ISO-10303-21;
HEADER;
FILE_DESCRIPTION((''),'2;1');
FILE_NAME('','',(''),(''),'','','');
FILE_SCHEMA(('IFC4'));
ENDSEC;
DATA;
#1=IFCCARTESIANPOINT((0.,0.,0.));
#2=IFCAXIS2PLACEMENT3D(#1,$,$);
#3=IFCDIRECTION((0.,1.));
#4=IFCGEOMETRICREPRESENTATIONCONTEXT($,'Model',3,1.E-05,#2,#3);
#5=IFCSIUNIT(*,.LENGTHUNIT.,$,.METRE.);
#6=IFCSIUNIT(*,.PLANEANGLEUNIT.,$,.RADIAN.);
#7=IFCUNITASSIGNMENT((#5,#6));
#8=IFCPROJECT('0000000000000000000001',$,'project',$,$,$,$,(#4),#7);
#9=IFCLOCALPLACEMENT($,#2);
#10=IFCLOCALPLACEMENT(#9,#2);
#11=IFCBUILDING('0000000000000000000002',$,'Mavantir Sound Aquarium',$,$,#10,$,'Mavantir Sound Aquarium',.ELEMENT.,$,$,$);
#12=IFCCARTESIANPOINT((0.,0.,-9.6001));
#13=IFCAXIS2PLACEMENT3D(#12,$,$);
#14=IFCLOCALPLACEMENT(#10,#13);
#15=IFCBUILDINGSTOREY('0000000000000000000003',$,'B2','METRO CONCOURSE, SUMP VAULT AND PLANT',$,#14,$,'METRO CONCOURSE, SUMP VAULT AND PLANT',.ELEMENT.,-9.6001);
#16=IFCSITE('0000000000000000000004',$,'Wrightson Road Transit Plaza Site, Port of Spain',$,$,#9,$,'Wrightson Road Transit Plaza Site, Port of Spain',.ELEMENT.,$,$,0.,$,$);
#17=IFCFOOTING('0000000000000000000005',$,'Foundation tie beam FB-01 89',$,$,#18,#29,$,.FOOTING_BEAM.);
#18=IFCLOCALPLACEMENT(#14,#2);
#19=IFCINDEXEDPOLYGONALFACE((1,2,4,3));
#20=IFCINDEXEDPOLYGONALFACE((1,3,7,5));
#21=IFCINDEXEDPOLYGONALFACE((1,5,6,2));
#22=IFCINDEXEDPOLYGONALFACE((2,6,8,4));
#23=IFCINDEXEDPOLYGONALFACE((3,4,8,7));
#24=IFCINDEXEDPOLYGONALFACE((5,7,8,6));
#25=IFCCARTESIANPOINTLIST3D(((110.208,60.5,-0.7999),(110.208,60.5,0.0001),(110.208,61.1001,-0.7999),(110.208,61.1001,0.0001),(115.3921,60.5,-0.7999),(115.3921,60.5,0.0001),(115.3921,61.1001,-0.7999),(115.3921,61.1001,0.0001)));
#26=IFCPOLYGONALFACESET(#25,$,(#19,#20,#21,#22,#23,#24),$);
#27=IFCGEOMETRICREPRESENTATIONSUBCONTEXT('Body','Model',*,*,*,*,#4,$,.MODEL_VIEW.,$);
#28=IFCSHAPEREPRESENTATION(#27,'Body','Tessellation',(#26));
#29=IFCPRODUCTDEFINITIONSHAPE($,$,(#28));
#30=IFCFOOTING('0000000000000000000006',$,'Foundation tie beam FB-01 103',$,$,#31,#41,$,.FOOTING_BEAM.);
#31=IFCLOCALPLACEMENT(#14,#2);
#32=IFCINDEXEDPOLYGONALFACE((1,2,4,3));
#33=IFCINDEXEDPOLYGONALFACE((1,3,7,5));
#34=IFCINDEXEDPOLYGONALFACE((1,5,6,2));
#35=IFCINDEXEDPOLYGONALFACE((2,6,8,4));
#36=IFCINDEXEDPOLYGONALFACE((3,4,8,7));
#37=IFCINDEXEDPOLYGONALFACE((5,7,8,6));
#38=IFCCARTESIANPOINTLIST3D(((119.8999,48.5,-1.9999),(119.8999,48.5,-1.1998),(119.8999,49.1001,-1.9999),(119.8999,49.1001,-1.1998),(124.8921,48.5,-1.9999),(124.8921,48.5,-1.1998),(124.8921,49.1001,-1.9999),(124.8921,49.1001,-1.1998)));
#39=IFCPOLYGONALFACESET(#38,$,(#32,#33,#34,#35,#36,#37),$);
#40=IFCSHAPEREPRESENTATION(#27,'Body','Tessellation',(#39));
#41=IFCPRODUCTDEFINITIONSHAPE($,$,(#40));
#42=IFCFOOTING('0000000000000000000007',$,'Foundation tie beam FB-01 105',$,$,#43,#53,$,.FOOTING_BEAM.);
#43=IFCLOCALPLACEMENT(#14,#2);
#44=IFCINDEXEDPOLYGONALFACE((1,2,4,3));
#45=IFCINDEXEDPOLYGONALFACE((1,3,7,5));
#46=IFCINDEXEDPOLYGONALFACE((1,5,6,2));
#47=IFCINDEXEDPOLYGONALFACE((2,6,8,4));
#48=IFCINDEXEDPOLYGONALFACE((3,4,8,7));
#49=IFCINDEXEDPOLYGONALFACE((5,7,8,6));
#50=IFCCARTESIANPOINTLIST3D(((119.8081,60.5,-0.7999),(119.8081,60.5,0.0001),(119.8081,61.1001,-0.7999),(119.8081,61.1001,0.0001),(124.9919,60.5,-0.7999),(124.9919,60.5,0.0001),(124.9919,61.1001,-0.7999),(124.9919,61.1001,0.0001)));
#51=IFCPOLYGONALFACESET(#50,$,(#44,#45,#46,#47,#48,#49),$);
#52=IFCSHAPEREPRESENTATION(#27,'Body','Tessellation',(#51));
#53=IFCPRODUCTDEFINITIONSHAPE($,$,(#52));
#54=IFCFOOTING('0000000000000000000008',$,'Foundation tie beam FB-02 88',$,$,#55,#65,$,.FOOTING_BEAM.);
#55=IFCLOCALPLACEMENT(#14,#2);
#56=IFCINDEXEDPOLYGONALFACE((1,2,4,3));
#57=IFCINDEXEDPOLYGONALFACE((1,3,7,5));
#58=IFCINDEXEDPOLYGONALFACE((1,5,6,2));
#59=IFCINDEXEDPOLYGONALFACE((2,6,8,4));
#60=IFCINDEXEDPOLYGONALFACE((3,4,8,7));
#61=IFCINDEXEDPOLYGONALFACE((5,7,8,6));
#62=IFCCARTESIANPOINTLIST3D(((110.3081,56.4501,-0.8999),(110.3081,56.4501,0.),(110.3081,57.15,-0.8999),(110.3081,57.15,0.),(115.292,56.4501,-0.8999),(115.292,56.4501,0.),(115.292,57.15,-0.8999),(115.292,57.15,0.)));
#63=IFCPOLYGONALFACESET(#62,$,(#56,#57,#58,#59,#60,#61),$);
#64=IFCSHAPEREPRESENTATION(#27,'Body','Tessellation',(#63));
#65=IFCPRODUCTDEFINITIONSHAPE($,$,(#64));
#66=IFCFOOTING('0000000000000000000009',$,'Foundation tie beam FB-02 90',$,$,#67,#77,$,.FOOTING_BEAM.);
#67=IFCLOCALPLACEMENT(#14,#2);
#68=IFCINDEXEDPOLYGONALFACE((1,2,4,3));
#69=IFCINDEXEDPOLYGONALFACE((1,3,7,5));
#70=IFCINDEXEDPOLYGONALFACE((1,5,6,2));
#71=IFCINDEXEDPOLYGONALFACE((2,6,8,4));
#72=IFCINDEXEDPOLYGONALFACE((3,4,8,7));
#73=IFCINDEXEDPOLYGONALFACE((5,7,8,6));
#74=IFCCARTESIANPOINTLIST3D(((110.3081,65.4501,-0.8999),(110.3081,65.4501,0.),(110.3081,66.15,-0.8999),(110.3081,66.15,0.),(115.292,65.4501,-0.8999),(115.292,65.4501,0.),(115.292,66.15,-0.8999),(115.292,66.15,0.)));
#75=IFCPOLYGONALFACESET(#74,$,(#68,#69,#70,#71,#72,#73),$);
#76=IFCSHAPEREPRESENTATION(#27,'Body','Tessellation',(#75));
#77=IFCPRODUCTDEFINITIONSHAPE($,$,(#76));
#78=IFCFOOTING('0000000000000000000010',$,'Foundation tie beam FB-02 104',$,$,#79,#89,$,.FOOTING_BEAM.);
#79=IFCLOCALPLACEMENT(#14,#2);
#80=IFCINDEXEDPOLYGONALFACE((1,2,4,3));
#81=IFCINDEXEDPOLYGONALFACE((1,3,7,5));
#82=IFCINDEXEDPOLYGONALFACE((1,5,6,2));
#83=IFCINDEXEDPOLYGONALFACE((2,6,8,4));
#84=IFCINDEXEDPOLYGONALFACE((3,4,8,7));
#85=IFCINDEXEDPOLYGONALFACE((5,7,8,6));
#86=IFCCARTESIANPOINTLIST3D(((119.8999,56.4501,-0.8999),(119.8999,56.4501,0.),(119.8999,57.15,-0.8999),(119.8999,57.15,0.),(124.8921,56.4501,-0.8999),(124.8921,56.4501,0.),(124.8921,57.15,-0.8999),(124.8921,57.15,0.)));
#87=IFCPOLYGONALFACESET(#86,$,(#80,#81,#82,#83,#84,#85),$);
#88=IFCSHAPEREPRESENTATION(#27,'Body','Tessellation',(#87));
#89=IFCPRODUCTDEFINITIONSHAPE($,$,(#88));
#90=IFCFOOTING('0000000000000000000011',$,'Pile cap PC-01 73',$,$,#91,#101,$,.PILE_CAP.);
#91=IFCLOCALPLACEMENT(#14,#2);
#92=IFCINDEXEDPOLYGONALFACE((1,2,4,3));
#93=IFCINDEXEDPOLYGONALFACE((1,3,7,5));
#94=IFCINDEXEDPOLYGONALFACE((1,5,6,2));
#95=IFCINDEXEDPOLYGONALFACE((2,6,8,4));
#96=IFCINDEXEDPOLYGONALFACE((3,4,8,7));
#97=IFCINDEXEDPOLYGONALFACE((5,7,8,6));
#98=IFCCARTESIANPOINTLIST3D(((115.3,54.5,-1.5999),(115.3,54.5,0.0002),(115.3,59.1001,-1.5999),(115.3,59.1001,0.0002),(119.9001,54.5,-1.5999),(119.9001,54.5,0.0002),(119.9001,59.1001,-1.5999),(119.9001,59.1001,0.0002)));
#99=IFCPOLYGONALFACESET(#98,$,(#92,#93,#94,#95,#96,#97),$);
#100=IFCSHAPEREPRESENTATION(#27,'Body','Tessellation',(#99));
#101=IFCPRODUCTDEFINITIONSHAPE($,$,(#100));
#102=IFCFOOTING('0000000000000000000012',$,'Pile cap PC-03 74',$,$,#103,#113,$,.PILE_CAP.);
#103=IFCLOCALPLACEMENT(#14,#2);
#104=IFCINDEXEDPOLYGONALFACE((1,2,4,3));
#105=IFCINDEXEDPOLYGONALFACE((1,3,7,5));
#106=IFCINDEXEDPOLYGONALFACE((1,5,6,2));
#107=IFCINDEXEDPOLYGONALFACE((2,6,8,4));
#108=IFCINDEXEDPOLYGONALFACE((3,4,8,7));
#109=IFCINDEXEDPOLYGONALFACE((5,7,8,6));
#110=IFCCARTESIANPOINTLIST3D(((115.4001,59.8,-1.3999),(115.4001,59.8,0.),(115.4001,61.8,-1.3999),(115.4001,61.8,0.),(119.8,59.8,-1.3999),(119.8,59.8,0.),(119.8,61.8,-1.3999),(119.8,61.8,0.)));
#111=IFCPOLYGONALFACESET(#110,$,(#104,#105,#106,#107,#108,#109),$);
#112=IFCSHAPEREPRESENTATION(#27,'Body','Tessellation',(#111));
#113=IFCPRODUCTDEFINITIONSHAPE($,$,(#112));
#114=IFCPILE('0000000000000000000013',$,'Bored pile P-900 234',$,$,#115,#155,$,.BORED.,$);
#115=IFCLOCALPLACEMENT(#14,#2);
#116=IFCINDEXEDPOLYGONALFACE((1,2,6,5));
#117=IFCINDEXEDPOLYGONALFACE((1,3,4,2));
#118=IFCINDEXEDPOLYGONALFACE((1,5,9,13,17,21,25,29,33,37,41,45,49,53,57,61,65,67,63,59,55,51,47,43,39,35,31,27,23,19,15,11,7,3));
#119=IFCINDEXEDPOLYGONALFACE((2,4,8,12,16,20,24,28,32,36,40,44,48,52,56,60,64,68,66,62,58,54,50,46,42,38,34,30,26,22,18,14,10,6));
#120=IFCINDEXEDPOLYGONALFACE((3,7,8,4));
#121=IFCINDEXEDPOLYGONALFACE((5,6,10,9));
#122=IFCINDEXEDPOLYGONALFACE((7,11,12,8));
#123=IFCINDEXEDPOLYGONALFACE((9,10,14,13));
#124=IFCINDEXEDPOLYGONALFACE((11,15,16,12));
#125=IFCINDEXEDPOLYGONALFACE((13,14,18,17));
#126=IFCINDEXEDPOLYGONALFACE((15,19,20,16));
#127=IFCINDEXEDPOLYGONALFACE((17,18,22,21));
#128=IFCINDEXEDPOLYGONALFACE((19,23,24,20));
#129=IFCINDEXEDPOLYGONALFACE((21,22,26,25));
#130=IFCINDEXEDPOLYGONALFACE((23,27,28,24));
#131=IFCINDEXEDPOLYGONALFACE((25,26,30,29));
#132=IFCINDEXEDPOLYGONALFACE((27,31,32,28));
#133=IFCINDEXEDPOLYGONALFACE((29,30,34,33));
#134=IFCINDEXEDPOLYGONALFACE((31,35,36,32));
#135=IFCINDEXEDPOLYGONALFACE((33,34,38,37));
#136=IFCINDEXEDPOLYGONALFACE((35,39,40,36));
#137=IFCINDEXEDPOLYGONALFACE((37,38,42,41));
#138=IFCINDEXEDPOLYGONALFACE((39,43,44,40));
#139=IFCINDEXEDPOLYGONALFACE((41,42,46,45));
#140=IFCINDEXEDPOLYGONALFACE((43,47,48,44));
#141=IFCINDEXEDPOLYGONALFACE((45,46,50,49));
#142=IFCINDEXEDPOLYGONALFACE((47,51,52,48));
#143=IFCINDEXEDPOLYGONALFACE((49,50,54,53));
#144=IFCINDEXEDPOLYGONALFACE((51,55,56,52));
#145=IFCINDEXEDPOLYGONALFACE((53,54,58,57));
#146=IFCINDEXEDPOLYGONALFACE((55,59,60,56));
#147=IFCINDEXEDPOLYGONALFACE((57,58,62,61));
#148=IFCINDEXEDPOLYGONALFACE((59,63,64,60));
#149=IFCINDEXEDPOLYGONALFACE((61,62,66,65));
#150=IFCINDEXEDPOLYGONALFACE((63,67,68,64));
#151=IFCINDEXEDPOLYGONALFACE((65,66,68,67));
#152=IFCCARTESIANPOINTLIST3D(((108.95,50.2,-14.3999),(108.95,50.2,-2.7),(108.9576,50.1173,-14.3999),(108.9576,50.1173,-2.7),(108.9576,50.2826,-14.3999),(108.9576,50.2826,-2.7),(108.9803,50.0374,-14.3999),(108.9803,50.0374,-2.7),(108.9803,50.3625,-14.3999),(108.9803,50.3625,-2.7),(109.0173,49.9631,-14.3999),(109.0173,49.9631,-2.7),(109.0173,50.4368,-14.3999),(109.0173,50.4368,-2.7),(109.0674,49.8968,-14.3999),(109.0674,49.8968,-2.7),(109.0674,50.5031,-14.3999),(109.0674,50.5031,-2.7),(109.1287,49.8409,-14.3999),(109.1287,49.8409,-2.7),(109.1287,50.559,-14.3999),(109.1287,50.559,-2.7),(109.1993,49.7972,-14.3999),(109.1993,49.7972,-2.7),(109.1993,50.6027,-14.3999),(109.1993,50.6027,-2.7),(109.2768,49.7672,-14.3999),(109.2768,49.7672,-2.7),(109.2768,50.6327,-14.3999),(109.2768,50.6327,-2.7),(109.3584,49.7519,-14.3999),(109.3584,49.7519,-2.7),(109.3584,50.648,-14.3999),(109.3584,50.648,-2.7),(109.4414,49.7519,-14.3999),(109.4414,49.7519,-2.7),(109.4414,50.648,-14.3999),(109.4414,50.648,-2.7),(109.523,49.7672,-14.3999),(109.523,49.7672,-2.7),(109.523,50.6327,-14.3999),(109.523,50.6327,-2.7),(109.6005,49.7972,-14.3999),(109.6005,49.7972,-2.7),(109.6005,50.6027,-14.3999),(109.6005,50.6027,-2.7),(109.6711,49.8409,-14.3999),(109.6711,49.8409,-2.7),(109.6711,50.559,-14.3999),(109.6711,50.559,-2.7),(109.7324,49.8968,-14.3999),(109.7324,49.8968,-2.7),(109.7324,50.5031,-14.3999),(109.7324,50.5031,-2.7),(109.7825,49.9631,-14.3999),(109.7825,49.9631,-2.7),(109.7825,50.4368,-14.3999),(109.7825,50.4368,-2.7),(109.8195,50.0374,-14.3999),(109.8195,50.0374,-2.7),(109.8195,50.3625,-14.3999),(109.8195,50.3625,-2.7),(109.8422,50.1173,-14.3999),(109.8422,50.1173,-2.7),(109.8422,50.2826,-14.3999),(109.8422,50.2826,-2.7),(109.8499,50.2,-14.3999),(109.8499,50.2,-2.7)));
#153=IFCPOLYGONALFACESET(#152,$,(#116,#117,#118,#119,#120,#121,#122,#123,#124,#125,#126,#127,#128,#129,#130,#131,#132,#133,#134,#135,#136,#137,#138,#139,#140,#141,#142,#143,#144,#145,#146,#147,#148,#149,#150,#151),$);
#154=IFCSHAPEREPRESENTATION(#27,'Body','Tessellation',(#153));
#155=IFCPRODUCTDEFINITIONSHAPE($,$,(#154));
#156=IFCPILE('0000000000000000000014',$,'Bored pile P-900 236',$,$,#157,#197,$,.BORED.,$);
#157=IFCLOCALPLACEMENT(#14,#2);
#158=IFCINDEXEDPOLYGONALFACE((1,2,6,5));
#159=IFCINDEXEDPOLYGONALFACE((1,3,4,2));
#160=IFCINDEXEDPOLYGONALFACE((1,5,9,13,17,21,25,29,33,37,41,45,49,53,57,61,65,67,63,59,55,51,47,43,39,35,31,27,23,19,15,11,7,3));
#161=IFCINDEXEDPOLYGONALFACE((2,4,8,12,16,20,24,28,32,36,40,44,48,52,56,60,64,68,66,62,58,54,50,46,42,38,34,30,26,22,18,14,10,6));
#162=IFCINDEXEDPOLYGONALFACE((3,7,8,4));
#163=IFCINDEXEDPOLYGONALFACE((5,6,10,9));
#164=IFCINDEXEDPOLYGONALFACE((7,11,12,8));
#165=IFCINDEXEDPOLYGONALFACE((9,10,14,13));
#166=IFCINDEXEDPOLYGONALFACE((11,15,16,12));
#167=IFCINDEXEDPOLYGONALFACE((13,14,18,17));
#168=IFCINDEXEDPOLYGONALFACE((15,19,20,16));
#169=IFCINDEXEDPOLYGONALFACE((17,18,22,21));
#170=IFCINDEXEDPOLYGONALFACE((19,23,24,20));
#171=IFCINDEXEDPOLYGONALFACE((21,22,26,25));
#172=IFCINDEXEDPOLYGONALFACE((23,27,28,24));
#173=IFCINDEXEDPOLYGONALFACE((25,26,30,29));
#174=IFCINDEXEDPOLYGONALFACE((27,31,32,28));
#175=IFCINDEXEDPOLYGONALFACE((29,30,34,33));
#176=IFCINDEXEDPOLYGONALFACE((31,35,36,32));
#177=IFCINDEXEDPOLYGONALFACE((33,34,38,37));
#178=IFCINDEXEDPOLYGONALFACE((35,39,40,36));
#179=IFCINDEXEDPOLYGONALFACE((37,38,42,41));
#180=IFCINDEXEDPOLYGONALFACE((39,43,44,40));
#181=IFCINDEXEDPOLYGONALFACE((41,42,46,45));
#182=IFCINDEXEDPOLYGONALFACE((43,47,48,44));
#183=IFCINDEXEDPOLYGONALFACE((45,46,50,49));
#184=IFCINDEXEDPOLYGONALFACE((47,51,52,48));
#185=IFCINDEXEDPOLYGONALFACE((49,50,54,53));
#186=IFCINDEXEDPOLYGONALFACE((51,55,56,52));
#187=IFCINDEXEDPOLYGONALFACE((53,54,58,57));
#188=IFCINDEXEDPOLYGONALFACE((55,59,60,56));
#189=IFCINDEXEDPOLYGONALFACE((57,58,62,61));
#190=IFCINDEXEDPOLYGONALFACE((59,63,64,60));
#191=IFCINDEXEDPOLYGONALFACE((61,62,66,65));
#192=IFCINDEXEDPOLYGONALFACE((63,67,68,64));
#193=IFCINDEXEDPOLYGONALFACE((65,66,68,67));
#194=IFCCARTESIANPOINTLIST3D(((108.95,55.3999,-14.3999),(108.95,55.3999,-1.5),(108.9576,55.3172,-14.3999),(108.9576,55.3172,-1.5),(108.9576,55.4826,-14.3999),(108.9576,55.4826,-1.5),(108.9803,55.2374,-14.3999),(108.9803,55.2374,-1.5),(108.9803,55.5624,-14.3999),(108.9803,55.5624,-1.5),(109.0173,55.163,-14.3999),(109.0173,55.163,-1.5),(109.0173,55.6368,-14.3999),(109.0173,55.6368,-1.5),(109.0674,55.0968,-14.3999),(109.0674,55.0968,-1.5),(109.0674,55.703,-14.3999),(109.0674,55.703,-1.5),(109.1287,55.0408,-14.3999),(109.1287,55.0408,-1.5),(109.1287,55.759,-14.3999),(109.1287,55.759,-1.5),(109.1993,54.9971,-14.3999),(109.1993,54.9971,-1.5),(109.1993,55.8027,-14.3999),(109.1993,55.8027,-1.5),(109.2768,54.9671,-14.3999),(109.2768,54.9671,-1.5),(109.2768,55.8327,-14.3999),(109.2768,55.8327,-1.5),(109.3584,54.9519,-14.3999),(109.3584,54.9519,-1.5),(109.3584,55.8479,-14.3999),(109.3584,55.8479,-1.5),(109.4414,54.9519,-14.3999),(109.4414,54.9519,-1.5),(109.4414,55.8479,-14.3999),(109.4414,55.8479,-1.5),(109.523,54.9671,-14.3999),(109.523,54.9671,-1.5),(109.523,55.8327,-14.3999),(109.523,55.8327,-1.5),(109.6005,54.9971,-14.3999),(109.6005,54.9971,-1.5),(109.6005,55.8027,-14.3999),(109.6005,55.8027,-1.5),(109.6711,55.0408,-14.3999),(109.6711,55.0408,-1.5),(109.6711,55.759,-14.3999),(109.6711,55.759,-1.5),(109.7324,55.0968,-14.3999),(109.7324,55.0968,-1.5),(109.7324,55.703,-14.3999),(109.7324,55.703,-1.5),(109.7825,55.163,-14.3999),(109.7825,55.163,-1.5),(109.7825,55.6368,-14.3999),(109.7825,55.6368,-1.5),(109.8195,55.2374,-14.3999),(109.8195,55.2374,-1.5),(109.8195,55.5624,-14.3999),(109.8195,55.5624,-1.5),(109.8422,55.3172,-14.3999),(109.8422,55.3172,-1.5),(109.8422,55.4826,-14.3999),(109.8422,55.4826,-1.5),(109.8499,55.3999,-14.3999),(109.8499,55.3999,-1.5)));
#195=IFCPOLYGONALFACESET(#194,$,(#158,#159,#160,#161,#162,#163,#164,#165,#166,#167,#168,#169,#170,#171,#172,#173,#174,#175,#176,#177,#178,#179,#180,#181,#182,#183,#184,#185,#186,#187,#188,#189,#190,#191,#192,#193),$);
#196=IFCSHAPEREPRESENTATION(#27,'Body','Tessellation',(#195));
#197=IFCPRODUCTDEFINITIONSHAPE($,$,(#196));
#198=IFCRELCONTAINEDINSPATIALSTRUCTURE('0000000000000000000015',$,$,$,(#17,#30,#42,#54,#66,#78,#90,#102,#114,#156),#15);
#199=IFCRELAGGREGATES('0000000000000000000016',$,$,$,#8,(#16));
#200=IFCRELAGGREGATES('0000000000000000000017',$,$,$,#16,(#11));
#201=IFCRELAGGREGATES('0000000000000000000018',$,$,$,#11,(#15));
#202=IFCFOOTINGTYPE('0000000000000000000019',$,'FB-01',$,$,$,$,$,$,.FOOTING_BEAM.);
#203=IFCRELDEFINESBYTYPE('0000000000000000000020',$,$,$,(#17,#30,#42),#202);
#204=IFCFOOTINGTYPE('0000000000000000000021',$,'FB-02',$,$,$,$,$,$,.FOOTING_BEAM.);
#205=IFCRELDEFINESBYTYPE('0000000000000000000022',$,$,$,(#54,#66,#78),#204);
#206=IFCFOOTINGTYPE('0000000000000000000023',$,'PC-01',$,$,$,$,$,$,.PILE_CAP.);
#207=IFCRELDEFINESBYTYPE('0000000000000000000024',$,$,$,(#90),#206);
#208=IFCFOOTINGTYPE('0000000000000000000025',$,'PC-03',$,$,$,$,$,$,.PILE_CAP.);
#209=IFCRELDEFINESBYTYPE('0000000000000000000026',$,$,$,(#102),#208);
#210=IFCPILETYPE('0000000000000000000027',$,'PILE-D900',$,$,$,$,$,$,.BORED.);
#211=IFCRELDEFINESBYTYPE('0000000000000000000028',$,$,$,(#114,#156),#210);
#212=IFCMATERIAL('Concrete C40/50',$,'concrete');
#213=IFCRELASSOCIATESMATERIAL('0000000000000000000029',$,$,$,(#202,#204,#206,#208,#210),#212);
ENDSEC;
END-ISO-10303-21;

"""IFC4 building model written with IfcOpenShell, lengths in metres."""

from ifc_helpers import new_model, si_unit, direction, frame, origin, origin_2d, place, context, subcontext, project, spatial, rectangle, circle, extrude, material, material_profile, profile_set, type_object, element, save


model = new_model("IFC4")

# Units and contexts
model_context = context("Model", 3, precision=1e-05, world=origin(), true_north=direction((0.0, 1.0)))
body_context = subcontext(model_context, "Body", "Model", "MODEL_VIEW")
ifc_project = project(units=[si_unit("LENGTHUNIT", "METRE"), si_unit("PLANEANGLEUNIT", "RADIAN")], contexts=[model_context])

# Site, building, storey
site_placement = place(None, origin())
site = spatial("IfcSite", under=ifc_project, at=site_placement, Name="Wrightson Road Transit Plaza Site, Port of Spain", LongName="Wrightson Road Transit Plaza Site, Port of Spain", CompositionType="ELEMENT", RefElevation=0.0)
building_placement = place(site_placement, origin())
building = spatial("IfcBuilding", under=site, at=building_placement, Name="Mavantir Sound Aquarium", LongName="Mavantir Sound Aquarium", CompositionType="ELEMENT")
storey_placement = place(building_placement, frame((0.0, 0.0, -9.6001)))
storey = spatial("IfcBuildingStorey", under=building, at=storey_placement, Name="B2", Description="METRO CONCOURSE, SUMP VAULT AND PLANT", LongName="METRO CONCOURSE, SUMP VAULT AND PLANT", CompositionType="ELEMENT", Elevation=-9.6001)

# Footings
ifc_material_1 = material(Name="Concrete C40/50", Category="concrete")
ifc_material_profile_1 = material_profile(ifc_material_1, rectangle(XDim=0.6001, YDim=0.8, at=origin_2d()), Name="RC 600X800")
ifc_profile_set_1 = profile_set([ifc_material_profile_1], Name="Concrete C40/50")
footing_type_1 = type_object("IfcFootingType", Name="FB-01", PredefinedType="FOOTING_BEAM", material=ifc_profile_set_1)
footing_1_placement = place(storey_placement, frame((110.208, 60.8, -0.3999), z_axis=(1.0, 0.0, 0.0), x_axis=(0.0, 1.0, 0.0)))
element("IfcFooting", 1, at=footing_1_placement, inside=storey, type_object=footing_type_1, Name="Foundation tie beam FB-01 89", PredefinedType="FOOTING_BEAM", context=body_context, shape_type="SweptSolid", body=[
    extrude(rectangle(XDim=0.6001, YDim=0.8, at=origin_2d()), origin(), (0.0, 0.0, 1.0), 5.1841),
])
footing_2_placement = place(storey_placement, frame((119.8999, 48.8, -1.5999), z_axis=(1.0, 0.0, 0.0), x_axis=(0.0, 1.0, 0.0)))
element("IfcFooting", 2, at=footing_2_placement, inside=storey, type_object=footing_type_1, Name="Foundation tie beam FB-01 103", PredefinedType="FOOTING_BEAM", context=body_context, shape_type="SweptSolid", body=[
    extrude(rectangle(XDim=0.6001, YDim=0.8, at=origin_2d()), origin(), (0.0, 0.0, 1.0), 4.9922),
])
footing_3_placement = place(storey_placement, frame((119.8081, 60.8, -0.3999), z_axis=(1.0, 0.0, 0.0), x_axis=(0.0, 1.0, 0.0)))
element("IfcFooting", 3, at=footing_3_placement, inside=storey, type_object=footing_type_1, Name="Foundation tie beam FB-01 105", PredefinedType="FOOTING_BEAM", context=body_context, shape_type="SweptSolid", body=[
    extrude(rectangle(XDim=0.6001, YDim=0.8, at=origin_2d()), origin(), (0.0, 0.0, 1.0), 5.1838),
])
ifc_material_profile_2 = material_profile(ifc_material_1, rectangle(XDim=0.7, YDim=0.8999, at=origin_2d()), Name="RC 700X900")
ifc_profile_set_2 = profile_set([ifc_material_profile_2], Name="Concrete C40/50")
footing_type_2 = type_object("IfcFootingType", Name="FB-02", PredefinedType="FOOTING_BEAM", material=ifc_profile_set_2)
for number, where, z_axis, x_axis, name in (
    (4, (110.3081, 56.8, -0.45), (1.0, 0.0, 0.0), (0.0, 1.0, 0.0), "Foundation tie beam FB-02 88"),
    (5, (110.3081, 65.8, -0.45), (1.0, 0.0, 0.0), (0.0, 1.0, 0.0), "Foundation tie beam FB-02 90"),
):
    element("IfcFooting", number, at=place(storey_placement, frame(where, z_axis=z_axis, x_axis=x_axis)), inside=storey, type_object=footing_type_2, Name=name, PredefinedType="FOOTING_BEAM", context=body_context, shape_type="SweptSolid", body=[
        extrude(rectangle(XDim=0.7, YDim=0.8999, at=origin_2d()), origin(), (0.0, 0.0, 1.0), 4.9839),
    ])
footing_4_placement = place(storey_placement, frame((119.8999, 56.8, -0.45), z_axis=(1.0, 0.0, 0.0), x_axis=(0.0, 1.0, 0.0)))
element("IfcFooting", 6, at=footing_4_placement, inside=storey, type_object=footing_type_2, Name="Foundation tie beam FB-02 104", PredefinedType="FOOTING_BEAM", context=body_context, shape_type="SweptSolid", body=[
    extrude(rectangle(XDim=0.7, YDim=0.8999, at=origin_2d()), origin(), (0.0, 0.0, 1.0), 4.9922),
])
footing_type_3 = type_object("IfcFootingType", Name="PC-01", PredefinedType="PILE_CAP", material=ifc_material_1)
footing_5_placement = place(storey_placement, frame((117.6001, 56.8, -1.5999), z_axis=(0.0, 0.0, 1.0), x_axis=(1.0, 0.0, 0.0)))
element("IfcFooting", 7, at=footing_5_placement, inside=storey, type_object=footing_type_3, Name="Pile cap PC-01 73", PredefinedType="PILE_CAP", context=body_context, shape_type="SweptSolid", body=[
    extrude(rectangle(XDim=4.6001, YDim=4.6001, at=origin_2d()), origin(), (0.0, 0.0, 1.0), 1.6001),
])
footing_type_4 = type_object("IfcFootingType", Name="PC-03", PredefinedType="PILE_CAP", material=ifc_material_1)
footing_6_placement = place(storey_placement, frame((117.6001, 60.8, -1.3999), z_axis=(0.0, 0.0, 1.0), x_axis=(1.0, 0.0, 0.0)))
element("IfcFooting", 8, at=footing_6_placement, inside=storey, type_object=footing_type_4, Name="Pile cap PC-03 74", PredefinedType="PILE_CAP", context=body_context, shape_type="SweptSolid", body=[
    extrude(rectangle(XDim=4.3999, YDim=2.0, at=origin_2d()), origin(), (0.0, 0.0, 1.0), 1.3999),
])

# Piles
ifc_material_profile_3 = material_profile(ifc_material_1, circle(Radius=0.45, at=origin_2d()), Name="PILE D900")
ifc_profile_set_3 = profile_set([ifc_material_profile_3], Name="Concrete C40/50")
pile_type = type_object("IfcPileType", Name="PILE-D900", PredefinedType="BORED", material=ifc_profile_set_3)
pile_1_placement = place(storey_placement, frame((109.3999, 50.2, -2.7), z_axis=(0.0, 0.0, -1.0), x_axis=(1.0, 0.0, 0.0)))
element("IfcPile", 9, at=pile_1_placement, inside=storey, type_object=pile_type, Name="Bored pile P-900 234", PredefinedType="BORED", context=body_context, shape_type="SweptSolid", body=[
    extrude(circle(Radius=0.45, at=origin_2d()), origin(), (0.0, 0.0, 1.0), 11.7),
])
for number, where, z_axis, x_axis, name in (
    (10, (109.3999, 55.3999, -1.5), (0.0, 0.0, -1.0), (1.0, 0.0, 0.0), "Bored pile P-900 236"),
):
    element("IfcPile", number, at=place(storey_placement, frame(where, z_axis=z_axis, x_axis=x_axis)), inside=storey, type_object=pile_type, Name=name, PredefinedType="BORED", context=body_context, shape_type="SweptSolid", body=[
        extrude(circle(Radius=0.45, at=origin_2d()), origin(), (0.0, 0.0, 1.0), 12.8999),
    ])

save(model, "model.ifc")
